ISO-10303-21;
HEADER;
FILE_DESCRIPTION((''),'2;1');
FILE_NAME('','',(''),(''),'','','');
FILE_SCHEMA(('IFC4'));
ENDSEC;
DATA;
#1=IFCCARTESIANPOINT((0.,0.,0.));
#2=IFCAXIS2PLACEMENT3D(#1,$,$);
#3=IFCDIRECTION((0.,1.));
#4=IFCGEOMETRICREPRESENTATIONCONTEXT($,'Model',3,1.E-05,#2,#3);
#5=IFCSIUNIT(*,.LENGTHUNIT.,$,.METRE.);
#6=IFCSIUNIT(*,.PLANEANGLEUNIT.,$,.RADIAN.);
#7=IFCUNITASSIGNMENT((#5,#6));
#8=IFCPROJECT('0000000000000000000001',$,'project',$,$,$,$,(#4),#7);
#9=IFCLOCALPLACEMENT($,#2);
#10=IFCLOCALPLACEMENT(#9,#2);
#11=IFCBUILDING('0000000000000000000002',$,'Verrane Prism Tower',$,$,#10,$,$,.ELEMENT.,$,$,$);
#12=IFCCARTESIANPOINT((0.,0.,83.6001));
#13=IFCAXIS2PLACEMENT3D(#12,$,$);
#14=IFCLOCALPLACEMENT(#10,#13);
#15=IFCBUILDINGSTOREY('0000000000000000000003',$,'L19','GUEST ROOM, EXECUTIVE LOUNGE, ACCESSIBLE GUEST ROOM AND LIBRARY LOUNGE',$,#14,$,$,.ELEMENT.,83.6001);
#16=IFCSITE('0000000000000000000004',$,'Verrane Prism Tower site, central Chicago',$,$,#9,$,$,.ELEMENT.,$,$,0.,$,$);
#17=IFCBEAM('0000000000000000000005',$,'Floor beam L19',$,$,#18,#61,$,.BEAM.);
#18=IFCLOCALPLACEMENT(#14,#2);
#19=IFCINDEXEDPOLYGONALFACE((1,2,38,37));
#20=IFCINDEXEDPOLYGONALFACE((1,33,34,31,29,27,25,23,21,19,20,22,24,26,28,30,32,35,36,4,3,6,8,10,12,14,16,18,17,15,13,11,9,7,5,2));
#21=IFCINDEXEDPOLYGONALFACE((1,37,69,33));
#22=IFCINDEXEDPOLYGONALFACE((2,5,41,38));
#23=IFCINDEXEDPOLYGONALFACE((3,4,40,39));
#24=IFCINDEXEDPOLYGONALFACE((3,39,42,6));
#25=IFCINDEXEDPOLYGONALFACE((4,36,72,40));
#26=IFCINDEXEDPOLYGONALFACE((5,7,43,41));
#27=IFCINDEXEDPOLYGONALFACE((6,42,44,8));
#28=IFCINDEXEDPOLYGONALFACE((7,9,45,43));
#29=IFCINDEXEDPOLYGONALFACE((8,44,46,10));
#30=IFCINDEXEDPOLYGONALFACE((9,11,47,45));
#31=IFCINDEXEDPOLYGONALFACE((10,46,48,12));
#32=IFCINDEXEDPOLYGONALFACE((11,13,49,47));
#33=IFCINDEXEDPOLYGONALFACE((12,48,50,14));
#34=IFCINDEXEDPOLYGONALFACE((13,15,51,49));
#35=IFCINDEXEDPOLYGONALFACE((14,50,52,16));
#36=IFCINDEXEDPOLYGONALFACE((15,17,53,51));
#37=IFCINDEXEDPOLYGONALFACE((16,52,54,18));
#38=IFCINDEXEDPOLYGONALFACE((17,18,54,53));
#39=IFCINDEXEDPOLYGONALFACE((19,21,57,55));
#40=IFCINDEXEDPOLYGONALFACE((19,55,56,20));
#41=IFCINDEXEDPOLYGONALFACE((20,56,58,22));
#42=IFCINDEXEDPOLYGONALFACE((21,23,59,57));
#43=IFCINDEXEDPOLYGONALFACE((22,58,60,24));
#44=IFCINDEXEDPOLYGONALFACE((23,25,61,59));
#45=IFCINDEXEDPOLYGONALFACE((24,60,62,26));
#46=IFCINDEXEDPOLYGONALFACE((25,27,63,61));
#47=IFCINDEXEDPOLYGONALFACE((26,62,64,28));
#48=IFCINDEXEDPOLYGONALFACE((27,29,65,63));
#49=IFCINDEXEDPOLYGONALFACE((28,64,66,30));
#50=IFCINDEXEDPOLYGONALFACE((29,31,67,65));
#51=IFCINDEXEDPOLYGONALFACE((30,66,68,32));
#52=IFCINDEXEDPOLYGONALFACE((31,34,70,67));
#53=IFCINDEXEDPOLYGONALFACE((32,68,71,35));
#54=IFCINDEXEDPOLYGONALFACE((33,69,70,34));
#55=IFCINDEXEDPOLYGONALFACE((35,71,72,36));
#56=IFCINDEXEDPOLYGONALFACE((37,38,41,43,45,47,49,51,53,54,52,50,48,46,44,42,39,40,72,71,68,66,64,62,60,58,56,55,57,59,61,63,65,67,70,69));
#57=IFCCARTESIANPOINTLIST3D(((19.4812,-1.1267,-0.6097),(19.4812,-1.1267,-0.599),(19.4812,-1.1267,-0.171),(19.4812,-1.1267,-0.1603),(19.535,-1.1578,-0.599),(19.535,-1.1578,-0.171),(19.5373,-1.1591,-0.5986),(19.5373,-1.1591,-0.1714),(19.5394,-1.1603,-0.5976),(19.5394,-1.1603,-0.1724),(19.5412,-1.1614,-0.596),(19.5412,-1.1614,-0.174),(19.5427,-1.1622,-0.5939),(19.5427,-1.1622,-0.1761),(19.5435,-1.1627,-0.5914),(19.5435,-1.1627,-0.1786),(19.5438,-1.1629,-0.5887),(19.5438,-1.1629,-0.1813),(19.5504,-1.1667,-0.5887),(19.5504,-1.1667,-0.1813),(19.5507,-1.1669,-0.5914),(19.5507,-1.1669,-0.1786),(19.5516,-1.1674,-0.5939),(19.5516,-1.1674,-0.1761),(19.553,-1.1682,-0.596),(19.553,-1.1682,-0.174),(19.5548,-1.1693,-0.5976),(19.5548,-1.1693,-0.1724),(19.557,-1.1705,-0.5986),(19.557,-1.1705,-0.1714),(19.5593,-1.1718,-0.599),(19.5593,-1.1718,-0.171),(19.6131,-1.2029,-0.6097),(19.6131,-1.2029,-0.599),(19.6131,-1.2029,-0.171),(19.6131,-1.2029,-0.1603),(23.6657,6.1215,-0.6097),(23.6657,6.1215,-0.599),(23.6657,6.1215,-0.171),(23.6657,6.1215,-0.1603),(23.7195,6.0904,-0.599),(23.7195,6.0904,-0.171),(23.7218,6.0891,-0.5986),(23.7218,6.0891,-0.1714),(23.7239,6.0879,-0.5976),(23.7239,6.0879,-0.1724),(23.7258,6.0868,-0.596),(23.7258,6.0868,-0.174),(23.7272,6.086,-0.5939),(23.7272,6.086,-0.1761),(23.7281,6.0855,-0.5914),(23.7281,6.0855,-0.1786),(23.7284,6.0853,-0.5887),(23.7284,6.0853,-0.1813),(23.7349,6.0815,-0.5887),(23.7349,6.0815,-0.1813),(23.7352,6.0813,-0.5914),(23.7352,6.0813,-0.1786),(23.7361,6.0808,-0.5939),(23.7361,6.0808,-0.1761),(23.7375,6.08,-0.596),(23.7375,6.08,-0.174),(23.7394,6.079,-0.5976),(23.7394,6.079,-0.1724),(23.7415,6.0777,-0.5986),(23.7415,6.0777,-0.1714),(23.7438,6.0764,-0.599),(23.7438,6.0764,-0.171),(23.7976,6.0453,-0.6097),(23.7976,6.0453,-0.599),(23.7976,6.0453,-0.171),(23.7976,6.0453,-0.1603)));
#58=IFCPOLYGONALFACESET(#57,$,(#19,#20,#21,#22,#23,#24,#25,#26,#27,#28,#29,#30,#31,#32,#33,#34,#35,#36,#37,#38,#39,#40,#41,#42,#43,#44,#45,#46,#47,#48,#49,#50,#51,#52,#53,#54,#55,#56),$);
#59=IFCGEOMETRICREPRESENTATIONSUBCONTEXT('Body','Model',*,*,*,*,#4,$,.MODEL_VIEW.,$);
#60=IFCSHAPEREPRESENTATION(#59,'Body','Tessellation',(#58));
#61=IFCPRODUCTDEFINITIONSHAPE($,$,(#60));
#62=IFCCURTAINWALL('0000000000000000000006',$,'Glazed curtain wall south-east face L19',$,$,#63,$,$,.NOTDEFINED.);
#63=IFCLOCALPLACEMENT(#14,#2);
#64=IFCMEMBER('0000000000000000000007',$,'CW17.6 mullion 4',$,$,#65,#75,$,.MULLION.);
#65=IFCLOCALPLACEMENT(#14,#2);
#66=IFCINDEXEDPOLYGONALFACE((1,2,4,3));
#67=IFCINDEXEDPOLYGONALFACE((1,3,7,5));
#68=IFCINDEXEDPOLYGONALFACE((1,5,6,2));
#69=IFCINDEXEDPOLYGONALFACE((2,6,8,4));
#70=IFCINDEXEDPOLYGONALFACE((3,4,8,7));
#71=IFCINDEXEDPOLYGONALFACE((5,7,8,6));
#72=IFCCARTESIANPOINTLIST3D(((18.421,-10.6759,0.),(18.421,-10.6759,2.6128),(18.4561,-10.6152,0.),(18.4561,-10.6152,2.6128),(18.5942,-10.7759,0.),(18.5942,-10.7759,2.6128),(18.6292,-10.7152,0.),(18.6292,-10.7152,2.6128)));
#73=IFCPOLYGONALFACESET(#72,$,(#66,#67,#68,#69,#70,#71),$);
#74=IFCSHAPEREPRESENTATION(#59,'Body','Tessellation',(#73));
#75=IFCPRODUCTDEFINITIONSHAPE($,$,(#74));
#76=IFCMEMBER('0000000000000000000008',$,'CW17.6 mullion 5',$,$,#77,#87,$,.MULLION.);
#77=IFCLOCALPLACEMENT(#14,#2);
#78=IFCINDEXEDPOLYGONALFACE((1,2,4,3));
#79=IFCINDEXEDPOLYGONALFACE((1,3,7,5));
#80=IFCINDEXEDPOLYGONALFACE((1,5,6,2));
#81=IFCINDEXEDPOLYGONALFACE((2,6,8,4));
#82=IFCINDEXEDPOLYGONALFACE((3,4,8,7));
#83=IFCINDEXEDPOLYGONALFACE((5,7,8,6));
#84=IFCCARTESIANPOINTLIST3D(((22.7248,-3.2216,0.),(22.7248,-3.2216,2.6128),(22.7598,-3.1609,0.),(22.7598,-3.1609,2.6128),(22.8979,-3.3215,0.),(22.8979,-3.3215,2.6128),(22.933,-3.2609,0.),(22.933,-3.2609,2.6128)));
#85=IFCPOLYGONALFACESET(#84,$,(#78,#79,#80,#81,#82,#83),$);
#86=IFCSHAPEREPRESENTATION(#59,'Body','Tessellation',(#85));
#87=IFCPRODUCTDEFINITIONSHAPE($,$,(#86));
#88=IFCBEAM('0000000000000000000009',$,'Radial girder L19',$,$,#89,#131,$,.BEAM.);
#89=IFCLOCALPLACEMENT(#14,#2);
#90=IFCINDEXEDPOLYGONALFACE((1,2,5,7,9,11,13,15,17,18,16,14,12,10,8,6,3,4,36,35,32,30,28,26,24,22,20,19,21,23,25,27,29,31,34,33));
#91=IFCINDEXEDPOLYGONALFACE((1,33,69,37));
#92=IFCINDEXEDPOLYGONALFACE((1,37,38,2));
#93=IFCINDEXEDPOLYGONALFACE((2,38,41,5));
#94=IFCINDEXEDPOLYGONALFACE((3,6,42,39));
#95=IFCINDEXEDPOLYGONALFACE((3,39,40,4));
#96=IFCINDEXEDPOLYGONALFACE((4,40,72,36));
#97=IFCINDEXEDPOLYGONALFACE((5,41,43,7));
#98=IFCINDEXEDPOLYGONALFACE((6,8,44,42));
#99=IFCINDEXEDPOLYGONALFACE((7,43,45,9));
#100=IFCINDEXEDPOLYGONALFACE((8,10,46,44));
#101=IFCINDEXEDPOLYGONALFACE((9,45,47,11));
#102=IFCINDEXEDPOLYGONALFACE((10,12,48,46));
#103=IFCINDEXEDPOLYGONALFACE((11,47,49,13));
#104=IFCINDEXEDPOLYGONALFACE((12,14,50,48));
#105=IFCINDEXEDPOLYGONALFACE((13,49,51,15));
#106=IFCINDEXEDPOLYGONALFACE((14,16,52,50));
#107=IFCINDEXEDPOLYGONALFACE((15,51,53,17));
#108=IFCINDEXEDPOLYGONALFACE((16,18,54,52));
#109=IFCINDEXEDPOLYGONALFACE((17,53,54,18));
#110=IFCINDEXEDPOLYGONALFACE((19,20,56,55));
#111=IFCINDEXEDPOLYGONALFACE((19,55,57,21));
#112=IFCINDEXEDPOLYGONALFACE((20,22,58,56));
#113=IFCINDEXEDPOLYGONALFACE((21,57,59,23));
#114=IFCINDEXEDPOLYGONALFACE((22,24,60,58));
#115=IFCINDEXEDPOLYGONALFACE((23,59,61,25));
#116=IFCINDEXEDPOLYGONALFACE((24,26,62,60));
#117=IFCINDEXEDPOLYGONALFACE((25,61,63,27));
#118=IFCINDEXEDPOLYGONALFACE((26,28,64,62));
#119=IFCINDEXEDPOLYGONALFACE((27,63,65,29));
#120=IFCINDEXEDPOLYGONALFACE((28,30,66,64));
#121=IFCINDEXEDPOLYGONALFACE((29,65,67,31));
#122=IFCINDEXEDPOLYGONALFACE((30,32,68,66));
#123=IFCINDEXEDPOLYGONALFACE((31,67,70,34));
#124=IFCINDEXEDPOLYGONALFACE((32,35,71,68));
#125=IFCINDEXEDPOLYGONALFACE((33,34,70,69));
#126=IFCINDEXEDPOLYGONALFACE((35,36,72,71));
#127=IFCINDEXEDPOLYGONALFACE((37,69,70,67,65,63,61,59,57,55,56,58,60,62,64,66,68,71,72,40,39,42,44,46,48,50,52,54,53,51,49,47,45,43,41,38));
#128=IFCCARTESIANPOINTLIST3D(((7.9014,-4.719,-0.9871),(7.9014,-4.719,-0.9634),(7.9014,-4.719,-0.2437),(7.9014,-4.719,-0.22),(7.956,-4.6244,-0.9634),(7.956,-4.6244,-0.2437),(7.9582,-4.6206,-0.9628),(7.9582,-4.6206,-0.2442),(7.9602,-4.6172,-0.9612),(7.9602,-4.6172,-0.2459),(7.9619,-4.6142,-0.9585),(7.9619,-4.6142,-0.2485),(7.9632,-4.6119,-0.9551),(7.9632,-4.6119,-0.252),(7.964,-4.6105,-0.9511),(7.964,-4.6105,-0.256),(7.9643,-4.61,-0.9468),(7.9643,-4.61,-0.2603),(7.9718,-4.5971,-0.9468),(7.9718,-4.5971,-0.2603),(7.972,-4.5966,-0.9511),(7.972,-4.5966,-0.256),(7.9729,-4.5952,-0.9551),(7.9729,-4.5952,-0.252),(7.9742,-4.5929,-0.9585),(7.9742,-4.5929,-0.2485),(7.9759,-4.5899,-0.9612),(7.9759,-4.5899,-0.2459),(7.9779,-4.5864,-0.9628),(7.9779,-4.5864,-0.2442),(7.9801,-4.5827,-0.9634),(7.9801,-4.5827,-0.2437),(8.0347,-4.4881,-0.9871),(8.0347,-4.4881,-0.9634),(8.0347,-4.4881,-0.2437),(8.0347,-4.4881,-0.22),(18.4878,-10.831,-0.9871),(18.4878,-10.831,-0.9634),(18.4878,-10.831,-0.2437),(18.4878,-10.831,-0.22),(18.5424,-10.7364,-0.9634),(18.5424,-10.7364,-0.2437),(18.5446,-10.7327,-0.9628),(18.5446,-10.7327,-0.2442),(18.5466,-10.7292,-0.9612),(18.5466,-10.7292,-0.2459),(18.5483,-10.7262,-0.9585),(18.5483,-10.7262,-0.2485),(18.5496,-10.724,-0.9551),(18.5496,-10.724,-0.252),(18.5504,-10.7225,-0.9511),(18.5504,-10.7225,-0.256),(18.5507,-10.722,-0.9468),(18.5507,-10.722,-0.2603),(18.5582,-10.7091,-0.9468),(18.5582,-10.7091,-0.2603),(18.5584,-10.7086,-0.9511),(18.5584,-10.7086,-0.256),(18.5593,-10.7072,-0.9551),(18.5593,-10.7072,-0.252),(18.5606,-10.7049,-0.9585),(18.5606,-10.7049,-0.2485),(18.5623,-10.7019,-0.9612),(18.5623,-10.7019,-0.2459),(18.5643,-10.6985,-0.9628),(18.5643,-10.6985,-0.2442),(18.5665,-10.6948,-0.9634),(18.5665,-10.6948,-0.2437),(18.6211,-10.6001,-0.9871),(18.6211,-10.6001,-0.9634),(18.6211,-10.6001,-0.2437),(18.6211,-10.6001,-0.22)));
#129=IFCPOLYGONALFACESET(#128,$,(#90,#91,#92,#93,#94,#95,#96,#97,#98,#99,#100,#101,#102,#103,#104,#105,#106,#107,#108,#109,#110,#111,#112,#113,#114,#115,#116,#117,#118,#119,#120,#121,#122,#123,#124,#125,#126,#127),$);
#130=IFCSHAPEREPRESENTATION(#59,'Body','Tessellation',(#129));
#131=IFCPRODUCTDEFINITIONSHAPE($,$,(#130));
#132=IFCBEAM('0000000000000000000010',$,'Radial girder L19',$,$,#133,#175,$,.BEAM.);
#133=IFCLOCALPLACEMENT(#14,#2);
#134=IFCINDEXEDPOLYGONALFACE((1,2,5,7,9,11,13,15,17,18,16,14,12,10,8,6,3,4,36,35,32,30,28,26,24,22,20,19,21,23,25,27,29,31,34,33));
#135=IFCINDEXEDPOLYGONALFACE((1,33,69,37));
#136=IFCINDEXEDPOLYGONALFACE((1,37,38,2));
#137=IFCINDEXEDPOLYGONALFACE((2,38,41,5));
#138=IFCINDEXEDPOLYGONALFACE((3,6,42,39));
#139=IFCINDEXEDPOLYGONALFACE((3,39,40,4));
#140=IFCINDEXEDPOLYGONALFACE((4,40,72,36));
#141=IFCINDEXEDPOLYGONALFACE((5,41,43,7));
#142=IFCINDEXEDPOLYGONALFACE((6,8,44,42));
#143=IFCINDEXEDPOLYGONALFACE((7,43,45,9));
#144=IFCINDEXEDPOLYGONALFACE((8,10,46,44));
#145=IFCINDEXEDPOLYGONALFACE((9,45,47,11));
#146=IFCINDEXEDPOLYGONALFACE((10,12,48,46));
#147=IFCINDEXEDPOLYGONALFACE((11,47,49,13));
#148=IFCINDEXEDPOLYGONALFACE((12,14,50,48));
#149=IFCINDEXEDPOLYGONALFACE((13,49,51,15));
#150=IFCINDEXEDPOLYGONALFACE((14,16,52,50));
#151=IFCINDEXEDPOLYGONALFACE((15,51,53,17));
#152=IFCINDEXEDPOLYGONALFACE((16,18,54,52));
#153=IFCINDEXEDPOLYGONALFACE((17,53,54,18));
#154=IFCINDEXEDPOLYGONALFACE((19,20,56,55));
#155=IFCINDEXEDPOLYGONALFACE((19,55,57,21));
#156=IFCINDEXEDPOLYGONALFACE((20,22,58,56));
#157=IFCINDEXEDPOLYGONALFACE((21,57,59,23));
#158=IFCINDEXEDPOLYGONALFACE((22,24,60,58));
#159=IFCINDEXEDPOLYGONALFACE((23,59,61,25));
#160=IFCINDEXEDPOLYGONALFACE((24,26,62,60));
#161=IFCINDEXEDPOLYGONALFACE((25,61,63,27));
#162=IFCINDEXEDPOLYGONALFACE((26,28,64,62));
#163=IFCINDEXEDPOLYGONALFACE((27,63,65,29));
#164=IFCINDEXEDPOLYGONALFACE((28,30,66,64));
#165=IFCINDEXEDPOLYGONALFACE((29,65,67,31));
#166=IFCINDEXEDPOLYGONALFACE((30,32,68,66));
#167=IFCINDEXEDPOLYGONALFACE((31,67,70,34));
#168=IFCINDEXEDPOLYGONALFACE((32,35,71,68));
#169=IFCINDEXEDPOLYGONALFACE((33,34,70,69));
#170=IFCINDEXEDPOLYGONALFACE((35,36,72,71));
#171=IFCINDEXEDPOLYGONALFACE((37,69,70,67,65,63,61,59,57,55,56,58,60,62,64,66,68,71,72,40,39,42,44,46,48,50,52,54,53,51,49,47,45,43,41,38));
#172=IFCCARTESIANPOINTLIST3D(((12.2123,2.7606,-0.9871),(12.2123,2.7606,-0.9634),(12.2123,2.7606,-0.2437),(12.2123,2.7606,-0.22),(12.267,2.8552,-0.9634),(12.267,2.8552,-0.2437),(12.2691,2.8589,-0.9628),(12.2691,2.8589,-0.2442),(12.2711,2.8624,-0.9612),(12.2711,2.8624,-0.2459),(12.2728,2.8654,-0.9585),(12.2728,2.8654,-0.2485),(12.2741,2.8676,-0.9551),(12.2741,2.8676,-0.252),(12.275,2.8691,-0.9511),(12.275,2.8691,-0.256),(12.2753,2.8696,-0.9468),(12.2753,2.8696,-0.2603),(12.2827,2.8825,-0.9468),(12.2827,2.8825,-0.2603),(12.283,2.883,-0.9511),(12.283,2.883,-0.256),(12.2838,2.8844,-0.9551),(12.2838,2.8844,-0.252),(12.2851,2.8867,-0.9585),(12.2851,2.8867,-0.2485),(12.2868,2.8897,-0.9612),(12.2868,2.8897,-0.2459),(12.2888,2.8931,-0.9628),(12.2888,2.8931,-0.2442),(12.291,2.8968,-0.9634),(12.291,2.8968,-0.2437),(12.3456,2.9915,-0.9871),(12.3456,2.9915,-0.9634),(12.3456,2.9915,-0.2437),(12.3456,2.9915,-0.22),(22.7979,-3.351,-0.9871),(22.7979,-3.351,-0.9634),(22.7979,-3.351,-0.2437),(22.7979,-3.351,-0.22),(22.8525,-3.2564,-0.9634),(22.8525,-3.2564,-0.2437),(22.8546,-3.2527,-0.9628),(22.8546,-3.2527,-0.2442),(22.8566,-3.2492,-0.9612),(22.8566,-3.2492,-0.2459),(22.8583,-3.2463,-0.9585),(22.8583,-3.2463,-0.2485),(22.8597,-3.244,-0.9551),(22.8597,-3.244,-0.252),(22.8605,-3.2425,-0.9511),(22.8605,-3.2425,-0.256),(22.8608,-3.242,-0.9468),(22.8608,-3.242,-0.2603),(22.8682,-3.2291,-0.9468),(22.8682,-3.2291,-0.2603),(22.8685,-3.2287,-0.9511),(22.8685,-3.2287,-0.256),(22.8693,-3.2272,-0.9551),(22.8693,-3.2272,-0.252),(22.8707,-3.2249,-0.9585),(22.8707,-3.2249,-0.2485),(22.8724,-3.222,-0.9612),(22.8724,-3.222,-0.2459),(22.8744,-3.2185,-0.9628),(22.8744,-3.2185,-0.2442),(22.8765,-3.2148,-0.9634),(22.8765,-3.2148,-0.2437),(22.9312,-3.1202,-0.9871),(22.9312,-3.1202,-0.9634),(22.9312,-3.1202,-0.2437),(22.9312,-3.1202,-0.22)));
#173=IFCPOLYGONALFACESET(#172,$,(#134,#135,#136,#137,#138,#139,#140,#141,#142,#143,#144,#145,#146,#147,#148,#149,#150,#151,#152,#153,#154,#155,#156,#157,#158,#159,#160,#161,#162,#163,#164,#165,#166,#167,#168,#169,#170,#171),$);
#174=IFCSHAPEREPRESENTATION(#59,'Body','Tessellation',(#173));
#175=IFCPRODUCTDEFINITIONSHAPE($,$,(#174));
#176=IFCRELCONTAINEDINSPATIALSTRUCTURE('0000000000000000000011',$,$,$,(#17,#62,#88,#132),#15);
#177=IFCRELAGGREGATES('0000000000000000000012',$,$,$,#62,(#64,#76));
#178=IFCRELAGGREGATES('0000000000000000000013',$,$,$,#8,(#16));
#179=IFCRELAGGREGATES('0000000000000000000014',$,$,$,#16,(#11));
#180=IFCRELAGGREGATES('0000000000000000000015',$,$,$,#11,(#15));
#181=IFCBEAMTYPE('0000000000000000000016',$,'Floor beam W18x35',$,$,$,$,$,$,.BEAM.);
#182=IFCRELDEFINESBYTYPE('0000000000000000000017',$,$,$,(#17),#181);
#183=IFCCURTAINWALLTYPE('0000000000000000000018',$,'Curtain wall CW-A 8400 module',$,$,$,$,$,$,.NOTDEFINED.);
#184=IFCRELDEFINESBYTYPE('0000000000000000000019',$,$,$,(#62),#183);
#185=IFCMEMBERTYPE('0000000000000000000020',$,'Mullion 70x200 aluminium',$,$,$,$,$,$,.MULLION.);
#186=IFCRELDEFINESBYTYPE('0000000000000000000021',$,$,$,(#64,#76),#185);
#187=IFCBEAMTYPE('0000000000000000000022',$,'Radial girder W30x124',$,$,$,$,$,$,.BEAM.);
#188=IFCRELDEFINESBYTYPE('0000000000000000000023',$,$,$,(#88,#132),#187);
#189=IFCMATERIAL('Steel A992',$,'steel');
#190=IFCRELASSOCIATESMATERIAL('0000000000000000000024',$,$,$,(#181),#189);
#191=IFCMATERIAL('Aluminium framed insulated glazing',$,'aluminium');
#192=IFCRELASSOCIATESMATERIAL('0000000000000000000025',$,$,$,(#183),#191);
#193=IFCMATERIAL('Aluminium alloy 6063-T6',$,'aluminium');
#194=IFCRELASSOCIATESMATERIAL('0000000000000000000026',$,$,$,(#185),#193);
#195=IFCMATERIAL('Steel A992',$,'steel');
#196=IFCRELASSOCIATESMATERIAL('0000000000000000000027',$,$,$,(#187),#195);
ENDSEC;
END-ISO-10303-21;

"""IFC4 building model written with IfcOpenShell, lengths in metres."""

from ifc_helpers import new_model, si_unit, direction, frame, origin, origin_2d, place, context, subcontext, project, spatial, rectangle, i_section, extrude, material, material_profile, profile_set, type_object, element, aggregate, save


model = new_model("IFC4")

# Units and contexts
model_context = context("Model", 3, precision=1e-05, world=origin(), true_north=direction((0.0, 1.0)))
body_context = subcontext(model_context, "Body", "Model", "MODEL_VIEW")
ifc_project = project(units=[si_unit("LENGTHUNIT", "METRE"), si_unit("PLANEANGLEUNIT", "RADIAN")], contexts=[model_context])

# Site, building, storey
site_placement = place(None, origin())
site = spatial("IfcSite", under=ifc_project, at=site_placement, Name="Verrane Prism Tower site, central Chicago", CompositionType="ELEMENT", RefElevation=0.0)
building_placement = place(site_placement, origin())
building = spatial("IfcBuilding", under=site, at=building_placement, Name="Verrane Prism Tower", CompositionType="ELEMENT")
storey_placement = place(building_placement, frame((0.0, 0.0, 83.6001)))
storey = spatial("IfcBuildingStorey", under=building, at=storey_placement, Name="L19", Description="GUEST ROOM, EXECUTIVE LOUNGE, ACCESSIBLE GUEST ROOM AND LIBRARY LOUNGE", CompositionType="ELEMENT", Elevation=83.6001)

# Beam
ifc_material_1 = material(Name="Steel A992", Category="steel")
ifc_material_profile_1 = material_profile(ifc_material_1, i_section(OverallWidth=0.1523, OverallDepth=0.4495, WebThickness=0.0076, FlangeThickness=0.0107, FilletRadius=0.0103, at=origin_2d()), Name="W18x35")
ifc_profile_set_1 = profile_set([ifc_material_profile_1], Name="Steel A992")
beam_type_1 = type_object("IfcBeamType", Name="Floor beam W18x35", PredefinedType="BEAM", material=ifc_profile_set_1)
beam_1_placement = place(storey_placement, frame((19.5471, -1.1648, -0.385), z_axis=(0.499979, 0.866037, 0.0), x_axis=(-0.866037, 0.499979, 0.0)))
element("IfcBeam", 1, at=beam_1_placement, inside=storey, type_object=beam_type_1, Name="Floor beam L19", PredefinedType="BEAM", context=body_context, shape_type="SweptSolid", body=[
    extrude(i_section(OverallWidth=0.1523, OverallDepth=0.4495, WebThickness=0.0076, FlangeThickness=0.0107, FilletRadius=0.0103, at=origin_2d()), origin(), (0.0, 0.0, 1.0), 8.3694),
])

# Curtain wall, members
ifc_material_2 = material(Name="Aluminium framed insulated glazing", Category="aluminium")
curtain_wall_type = type_object("IfcCurtainWallType", Name="Curtain wall CW-A 8400 module", PredefinedType="NOTDEFINED", material=ifc_material_2)
curtain_wall_placement = place(storey_placement, origin())
curtain_wall = element("IfcCurtainWall", 2, at=curtain_wall_placement, inside=storey, type_object=curtain_wall_type, Name="Glazed curtain wall south-east face L19", PredefinedType="NOTDEFINED")
ifc_material_3 = material(Name="Aluminium alloy 6063-T6", Category="aluminium")
ifc_material_profile_2 = material_profile(ifc_material_3, rectangle(XDim=0.2, YDim=0.0701, at=origin_2d()), Name="Mullion 70x200 aluminium")
ifc_profile_set_2 = profile_set([ifc_material_profile_2], Name="Aluminium alloy 6063-T6")
member_type_1 = type_object("IfcMemberType", Name="Mullion 70x200 aluminium", PredefinedType="MULLION", material=ifc_profile_set_2)
member_1_placement = place(storey_placement, frame((18.5251, -10.6956, 0.0), z_axis=(0.0, 0.0, 1.0), x_axis=(-0.866026, 0.499999, 0.0)))
member_1 = element("IfcMember", 3, at=member_1_placement, type_object=member_type_1, Name="CW17.6 mullion 4", PredefinedType="MULLION", context=body_context, shape_type="SweptSolid", body=[
    extrude(rectangle(XDim=0.2, YDim=0.0701, at=origin_2d()), origin(), (0.0, 0.0, 1.0), 2.6128),
])
member_2_placement = place(storey_placement, frame((22.8289, -3.2412, 0.0), z_axis=(0.0, 0.0, 1.0), x_axis=(-0.866026, 0.499999, 0.0)))
member_2 = element("IfcMember", 4, at=member_2_placement, type_object=member_type_1, Name="CW17.6 mullion 5", PredefinedType="MULLION", context=body_context, shape_type="SweptSolid", body=[
    extrude(rectangle(XDim=0.2, YDim=0.0701, at=origin_2d()), origin(), (0.0, 0.0, 1.0), 2.6128),
])

# Beams
ifc_material_4 = material(Name="Steel A992", Category="steel")
ifc_material_profile_3 = material_profile(ifc_material_4, i_section(OverallWidth=0.2666, OverallDepth=0.7671, WebThickness=0.0149, FlangeThickness=0.0237, FilletRadius=0.0166, at=origin_2d()), Name="W30x124")
ifc_profile_set_3 = profile_set([ifc_material_profile_3], Name="Steel A992")
beam_type_2 = type_object("IfcBeamType", Name="Radial girder W30x124", PredefinedType="BEAM", material=ifc_profile_set_3)
beam_2_placement = place(storey_placement, frame((18.5544, -10.7156, -0.6035), z_axis=(-0.866026, 0.499999, 0.0), x_axis=(-0.499999, -0.866026, 0.0)))
element("IfcBeam", 5, at=beam_2_placement, inside=storey, type_object=beam_type_2, Name="Radial girder L19", PredefinedType="BEAM", context=body_context, shape_type="SweptSolid", body=[
    extrude(i_section(OverallWidth=0.2666, OverallDepth=0.7671, WebThickness=0.0149, FlangeThickness=0.0237, FilletRadius=0.0166, at=origin_2d()), origin(), (0.0, 0.0, 1.0), 12.2241),
])
beam_3_placement = place(storey_placement, frame((22.8645, -3.2356, -0.6035), z_axis=(-0.866023, 0.500004, 0.0), x_axis=(-0.500004, -0.866023, 0.0)))
element("IfcBeam", 6, at=beam_3_placement, inside=storey, type_object=beam_type_2, Name="Radial girder L19", PredefinedType="BEAM", context=body_context, shape_type="SweptSolid", body=[
    extrude(i_section(OverallWidth=0.2666, OverallDepth=0.7671, WebThickness=0.0149, FlangeThickness=0.0237, FilletRadius=0.0166, at=origin_2d()), origin(), (0.0, 0.0, 1.0), 12.2231),
])

aggregate(curtain_wall, [member_1, member_2])

save(model, "model.ifc")
